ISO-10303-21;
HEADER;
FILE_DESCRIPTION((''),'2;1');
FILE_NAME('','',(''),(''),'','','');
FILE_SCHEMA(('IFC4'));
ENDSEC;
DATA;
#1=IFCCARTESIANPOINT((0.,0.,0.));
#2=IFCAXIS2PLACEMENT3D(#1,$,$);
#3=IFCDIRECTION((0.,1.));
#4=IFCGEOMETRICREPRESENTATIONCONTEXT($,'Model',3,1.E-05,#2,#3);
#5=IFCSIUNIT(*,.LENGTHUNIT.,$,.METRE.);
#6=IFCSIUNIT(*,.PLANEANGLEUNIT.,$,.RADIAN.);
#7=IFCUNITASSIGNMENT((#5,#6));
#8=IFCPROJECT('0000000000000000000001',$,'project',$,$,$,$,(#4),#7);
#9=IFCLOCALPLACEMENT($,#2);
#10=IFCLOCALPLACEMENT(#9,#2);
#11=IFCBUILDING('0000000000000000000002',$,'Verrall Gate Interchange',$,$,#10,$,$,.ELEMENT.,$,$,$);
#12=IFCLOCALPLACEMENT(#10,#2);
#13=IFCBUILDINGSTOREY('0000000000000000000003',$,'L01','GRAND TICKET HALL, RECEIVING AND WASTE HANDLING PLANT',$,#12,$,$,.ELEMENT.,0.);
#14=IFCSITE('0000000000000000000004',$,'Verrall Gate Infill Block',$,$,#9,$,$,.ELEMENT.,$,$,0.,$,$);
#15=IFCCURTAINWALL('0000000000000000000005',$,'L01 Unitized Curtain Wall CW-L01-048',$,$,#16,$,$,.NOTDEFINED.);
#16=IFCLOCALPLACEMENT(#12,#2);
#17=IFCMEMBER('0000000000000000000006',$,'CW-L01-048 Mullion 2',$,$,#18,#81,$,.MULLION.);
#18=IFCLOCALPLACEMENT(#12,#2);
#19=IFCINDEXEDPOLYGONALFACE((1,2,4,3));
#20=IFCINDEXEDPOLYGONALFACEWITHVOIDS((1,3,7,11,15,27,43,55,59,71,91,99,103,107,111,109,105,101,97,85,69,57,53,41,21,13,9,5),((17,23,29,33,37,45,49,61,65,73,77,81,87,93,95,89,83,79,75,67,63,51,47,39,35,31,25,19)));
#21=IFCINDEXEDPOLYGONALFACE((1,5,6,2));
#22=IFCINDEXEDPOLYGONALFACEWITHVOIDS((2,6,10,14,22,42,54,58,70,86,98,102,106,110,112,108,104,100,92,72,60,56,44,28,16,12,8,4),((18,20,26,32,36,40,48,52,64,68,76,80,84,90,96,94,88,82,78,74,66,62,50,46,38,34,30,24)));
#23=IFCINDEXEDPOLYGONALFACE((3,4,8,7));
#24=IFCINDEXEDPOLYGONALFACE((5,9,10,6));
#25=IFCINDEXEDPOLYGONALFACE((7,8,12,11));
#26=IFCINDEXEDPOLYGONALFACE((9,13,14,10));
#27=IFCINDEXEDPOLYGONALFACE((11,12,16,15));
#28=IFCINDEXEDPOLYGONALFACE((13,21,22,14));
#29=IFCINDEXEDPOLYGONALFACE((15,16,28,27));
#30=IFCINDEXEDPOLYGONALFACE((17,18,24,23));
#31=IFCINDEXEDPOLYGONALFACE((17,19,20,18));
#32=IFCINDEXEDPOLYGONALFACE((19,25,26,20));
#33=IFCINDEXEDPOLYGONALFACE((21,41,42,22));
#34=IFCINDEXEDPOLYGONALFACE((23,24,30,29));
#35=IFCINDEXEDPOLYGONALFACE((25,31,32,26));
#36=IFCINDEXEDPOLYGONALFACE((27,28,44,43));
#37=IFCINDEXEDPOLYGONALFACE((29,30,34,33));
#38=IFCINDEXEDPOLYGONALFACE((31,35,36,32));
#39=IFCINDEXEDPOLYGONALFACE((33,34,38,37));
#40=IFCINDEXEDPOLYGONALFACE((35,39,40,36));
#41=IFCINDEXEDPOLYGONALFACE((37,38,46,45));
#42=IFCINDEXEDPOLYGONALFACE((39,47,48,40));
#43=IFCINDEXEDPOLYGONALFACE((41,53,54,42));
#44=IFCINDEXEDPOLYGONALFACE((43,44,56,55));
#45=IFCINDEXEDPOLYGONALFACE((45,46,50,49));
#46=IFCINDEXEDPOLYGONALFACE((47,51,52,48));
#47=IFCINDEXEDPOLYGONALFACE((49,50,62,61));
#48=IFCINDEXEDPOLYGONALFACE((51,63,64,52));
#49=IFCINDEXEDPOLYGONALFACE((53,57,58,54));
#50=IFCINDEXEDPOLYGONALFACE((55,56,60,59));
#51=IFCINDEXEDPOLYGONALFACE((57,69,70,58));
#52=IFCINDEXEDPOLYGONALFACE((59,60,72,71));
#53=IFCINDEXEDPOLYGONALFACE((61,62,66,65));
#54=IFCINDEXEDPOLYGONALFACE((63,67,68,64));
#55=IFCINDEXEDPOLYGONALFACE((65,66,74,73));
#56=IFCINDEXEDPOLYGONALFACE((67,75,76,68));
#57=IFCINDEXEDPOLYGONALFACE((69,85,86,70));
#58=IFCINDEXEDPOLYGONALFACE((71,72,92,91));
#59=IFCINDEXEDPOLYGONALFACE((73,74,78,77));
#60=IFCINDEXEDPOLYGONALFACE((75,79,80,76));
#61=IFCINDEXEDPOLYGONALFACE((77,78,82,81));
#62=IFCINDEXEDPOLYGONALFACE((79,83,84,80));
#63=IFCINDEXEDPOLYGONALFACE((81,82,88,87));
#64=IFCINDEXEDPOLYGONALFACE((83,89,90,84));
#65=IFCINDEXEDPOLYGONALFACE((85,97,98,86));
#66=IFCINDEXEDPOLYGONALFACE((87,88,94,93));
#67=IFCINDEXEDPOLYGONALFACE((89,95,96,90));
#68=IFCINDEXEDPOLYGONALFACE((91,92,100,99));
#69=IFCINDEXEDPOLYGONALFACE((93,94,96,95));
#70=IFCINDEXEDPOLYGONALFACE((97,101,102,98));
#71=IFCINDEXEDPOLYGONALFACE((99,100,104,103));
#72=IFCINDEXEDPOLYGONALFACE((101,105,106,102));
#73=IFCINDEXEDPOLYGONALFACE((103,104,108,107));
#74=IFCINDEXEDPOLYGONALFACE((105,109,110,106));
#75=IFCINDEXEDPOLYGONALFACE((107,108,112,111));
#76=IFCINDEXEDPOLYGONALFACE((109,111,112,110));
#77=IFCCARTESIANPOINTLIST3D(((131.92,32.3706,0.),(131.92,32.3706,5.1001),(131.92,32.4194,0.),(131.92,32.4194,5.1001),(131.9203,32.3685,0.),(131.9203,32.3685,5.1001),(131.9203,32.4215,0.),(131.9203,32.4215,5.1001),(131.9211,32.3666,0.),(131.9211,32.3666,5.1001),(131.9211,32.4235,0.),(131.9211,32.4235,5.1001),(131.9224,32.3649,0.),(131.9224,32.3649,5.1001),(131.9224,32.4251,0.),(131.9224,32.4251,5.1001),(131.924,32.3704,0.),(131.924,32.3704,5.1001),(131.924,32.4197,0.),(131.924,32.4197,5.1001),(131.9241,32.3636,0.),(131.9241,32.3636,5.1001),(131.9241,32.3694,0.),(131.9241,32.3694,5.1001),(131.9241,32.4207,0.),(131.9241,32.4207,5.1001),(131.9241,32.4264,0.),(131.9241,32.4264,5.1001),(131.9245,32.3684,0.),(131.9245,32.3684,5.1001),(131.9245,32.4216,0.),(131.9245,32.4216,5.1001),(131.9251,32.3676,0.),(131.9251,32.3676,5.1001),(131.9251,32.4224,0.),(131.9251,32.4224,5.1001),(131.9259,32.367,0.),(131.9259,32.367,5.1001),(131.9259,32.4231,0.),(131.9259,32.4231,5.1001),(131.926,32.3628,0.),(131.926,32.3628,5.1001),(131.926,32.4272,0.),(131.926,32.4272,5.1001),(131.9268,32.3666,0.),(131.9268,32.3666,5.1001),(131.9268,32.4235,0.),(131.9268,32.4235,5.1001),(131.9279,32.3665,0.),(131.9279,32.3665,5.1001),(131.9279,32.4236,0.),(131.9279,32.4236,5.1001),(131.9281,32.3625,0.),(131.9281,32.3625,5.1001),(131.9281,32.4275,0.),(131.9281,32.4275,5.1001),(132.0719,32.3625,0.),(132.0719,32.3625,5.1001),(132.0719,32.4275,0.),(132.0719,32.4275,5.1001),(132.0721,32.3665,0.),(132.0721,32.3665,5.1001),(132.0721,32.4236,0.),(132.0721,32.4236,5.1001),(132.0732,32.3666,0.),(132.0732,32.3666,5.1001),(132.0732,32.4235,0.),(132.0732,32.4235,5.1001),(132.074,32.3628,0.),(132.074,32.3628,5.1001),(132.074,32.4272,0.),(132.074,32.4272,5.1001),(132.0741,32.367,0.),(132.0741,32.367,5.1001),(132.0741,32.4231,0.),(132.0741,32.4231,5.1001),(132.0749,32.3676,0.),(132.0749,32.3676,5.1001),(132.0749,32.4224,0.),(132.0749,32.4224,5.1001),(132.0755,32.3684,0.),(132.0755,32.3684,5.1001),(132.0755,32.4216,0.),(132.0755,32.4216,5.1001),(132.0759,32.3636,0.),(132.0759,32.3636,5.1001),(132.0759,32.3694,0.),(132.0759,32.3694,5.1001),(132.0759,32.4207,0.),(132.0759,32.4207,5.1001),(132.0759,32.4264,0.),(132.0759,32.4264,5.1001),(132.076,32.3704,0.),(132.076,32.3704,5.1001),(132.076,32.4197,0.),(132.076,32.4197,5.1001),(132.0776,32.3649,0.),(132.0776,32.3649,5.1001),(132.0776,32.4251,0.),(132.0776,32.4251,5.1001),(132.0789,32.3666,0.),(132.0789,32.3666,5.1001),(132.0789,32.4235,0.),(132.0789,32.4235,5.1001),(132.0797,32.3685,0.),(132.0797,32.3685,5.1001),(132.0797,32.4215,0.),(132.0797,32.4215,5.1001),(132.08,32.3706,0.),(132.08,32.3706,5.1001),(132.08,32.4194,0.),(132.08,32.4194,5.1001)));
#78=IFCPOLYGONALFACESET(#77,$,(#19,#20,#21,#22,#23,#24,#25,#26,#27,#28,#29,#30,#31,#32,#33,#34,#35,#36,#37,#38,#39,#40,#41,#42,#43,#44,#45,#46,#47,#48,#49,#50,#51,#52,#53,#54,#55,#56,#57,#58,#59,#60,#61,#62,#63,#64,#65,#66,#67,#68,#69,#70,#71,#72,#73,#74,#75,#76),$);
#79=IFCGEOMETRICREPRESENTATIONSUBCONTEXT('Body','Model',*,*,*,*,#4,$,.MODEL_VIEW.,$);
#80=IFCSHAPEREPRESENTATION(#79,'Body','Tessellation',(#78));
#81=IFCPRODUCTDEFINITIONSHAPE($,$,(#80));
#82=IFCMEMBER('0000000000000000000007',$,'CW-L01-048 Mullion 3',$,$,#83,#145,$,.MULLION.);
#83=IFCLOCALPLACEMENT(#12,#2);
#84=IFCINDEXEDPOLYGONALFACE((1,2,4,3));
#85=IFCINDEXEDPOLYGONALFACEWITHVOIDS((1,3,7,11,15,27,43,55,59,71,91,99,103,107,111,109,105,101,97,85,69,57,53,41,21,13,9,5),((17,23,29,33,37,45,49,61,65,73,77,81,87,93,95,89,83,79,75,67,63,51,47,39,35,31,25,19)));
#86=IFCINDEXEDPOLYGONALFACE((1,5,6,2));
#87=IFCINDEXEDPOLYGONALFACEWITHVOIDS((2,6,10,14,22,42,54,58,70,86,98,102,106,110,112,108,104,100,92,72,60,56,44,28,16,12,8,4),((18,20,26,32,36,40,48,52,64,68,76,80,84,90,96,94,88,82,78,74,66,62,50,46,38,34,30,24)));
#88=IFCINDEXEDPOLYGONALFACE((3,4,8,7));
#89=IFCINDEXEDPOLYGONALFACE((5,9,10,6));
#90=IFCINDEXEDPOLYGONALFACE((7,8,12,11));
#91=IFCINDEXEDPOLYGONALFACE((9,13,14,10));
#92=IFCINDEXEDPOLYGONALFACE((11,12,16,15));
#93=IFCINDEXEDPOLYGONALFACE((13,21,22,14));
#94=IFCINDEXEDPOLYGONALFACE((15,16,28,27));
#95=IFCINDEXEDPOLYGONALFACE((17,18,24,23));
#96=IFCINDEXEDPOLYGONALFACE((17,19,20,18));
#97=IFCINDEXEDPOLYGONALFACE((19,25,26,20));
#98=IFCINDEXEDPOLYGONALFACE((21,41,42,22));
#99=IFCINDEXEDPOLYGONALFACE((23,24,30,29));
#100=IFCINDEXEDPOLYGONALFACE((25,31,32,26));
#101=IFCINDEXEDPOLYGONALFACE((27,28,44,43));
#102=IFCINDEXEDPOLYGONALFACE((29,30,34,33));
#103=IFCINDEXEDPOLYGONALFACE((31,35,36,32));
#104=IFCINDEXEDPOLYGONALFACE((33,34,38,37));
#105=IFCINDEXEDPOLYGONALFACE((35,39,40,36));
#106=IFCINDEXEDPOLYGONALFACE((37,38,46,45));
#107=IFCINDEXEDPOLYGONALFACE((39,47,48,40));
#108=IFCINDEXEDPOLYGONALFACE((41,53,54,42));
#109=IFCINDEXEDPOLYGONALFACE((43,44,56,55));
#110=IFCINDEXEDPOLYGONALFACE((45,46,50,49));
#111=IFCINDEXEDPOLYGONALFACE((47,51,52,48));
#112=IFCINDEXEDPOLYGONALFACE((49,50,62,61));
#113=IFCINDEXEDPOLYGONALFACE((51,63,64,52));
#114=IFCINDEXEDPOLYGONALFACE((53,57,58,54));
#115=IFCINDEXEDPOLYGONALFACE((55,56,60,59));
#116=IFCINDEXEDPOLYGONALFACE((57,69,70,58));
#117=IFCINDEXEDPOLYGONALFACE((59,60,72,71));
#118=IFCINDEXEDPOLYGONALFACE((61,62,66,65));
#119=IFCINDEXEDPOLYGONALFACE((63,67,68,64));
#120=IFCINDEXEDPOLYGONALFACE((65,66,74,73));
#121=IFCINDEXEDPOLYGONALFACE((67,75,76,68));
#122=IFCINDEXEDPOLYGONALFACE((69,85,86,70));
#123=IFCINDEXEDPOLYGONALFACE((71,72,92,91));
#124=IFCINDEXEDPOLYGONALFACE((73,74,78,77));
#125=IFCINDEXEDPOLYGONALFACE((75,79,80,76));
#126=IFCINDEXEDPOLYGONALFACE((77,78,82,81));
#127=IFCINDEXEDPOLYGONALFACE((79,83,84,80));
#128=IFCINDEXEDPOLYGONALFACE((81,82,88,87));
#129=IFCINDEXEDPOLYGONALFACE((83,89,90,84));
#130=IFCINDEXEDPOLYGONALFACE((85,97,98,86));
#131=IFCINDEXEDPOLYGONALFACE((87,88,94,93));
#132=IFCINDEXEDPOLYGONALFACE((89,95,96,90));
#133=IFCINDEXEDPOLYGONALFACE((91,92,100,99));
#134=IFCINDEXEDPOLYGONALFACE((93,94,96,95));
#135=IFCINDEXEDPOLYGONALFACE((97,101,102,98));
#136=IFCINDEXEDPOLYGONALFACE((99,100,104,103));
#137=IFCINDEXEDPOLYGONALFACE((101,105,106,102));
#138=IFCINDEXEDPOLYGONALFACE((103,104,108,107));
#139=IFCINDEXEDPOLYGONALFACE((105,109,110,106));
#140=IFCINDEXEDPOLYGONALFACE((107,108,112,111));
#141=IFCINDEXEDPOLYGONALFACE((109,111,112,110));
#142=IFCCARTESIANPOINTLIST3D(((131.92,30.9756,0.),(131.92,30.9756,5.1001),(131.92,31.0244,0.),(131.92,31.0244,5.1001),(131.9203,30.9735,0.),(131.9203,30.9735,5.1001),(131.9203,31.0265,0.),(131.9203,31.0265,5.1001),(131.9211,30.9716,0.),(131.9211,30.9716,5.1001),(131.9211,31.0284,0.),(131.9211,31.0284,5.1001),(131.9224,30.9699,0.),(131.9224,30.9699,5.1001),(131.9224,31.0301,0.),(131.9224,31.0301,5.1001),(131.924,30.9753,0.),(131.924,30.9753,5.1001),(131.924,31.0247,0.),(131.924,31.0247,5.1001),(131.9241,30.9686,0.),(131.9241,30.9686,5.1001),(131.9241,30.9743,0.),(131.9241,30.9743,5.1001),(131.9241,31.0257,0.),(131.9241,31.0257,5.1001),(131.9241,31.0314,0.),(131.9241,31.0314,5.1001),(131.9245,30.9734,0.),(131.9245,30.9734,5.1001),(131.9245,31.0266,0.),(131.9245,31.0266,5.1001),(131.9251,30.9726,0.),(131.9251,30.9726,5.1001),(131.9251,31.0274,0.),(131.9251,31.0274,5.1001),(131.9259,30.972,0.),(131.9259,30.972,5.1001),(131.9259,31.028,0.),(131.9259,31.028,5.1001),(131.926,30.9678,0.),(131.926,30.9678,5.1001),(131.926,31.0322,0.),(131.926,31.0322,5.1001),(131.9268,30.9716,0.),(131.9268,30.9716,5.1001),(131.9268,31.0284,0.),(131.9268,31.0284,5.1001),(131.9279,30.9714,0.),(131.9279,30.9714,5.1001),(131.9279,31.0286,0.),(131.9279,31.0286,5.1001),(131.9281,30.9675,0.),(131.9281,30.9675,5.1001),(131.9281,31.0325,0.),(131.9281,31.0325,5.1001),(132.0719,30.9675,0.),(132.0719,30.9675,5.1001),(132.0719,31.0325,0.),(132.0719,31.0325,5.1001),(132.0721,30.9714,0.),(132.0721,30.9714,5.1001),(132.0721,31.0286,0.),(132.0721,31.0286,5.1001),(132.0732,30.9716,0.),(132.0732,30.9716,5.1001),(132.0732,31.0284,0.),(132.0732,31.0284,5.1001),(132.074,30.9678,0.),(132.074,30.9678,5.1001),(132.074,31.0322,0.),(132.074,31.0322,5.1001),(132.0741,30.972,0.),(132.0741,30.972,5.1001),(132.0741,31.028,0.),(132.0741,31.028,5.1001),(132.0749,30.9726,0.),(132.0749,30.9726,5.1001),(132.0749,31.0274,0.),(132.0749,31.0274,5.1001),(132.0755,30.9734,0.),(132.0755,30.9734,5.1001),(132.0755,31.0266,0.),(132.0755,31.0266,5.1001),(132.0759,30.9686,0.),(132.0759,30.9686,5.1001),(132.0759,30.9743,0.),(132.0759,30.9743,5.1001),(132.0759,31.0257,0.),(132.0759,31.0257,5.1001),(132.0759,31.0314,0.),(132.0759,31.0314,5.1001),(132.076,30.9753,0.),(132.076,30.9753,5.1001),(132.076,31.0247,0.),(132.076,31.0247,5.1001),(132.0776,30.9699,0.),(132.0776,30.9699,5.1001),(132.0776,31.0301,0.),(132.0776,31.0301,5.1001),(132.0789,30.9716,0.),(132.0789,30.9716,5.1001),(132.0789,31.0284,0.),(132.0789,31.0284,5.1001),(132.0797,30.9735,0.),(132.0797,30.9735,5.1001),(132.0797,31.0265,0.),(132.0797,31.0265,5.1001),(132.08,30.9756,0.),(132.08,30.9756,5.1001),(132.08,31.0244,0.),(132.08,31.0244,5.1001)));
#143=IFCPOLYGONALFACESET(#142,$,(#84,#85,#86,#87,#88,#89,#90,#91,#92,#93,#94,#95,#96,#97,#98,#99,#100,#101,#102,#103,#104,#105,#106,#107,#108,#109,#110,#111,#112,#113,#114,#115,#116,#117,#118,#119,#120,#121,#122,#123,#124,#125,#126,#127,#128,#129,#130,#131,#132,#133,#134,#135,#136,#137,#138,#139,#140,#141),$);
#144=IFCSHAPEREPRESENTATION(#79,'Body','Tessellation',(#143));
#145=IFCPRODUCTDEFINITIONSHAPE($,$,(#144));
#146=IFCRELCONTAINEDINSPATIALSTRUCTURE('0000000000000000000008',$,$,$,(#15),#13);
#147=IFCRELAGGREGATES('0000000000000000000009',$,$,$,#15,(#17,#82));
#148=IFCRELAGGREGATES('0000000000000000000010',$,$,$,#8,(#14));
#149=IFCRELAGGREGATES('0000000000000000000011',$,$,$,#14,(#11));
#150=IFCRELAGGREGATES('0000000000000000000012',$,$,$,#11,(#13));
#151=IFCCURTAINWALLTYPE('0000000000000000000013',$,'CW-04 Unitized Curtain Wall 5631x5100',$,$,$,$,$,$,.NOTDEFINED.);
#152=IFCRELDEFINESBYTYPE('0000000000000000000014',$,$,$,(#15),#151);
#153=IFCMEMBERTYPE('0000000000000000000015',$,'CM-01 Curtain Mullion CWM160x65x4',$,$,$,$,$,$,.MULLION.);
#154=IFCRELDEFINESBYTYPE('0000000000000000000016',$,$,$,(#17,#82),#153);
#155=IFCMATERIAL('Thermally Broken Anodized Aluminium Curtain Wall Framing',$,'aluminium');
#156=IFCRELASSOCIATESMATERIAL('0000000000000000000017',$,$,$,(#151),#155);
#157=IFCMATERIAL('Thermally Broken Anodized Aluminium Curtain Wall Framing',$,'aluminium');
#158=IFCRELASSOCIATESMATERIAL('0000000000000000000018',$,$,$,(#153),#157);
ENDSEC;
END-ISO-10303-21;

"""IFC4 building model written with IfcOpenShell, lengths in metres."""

from ifc_helpers import new_model, si_unit, direction, frame, origin, origin_2d, place, context, subcontext, project, spatial, hollow_rectangle, extrude, material, material_profile, profile_set, type_object, element, aggregate, save


model = new_model("IFC4")

# Units and contexts
model_context = context("Model", 3, precision=1e-05, world=origin(), true_north=direction((0.0, 1.0)))
body_context = subcontext(model_context, "Body", "Model", "MODEL_VIEW")
ifc_project = project(units=[si_unit("LENGTHUNIT", "METRE"), si_unit("PLANEANGLEUNIT", "RADIAN")], contexts=[model_context])

# Site, building, storey
site_placement = place(None, origin())
site = spatial("IfcSite", under=ifc_project, at=site_placement, Name="Verrall Gate Infill Block", CompositionType="ELEMENT", RefElevation=0.0)
building_placement = place(site_placement, origin())
building = spatial("IfcBuilding", under=site, at=building_placement, Name="Verrall Gate Interchange", CompositionType="ELEMENT")
storey_placement = place(building_placement, origin())
storey = spatial("IfcBuildingStorey", under=building, at=storey_placement, Name="L01", Description="GRAND TICKET HALL, RECEIVING AND WASTE HANDLING PLANT", CompositionType="ELEMENT", Elevation=0.0)

# Curtain wall, members
ifc_material_1 = material(Name="Thermally Broken Anodized Aluminium Curtain Wall Framing", Category="aluminium")
curtain_wall_type = type_object("IfcCurtainWallType", Name="CW-04 Unitized Curtain Wall 5631x5100", PredefinedType="NOTDEFINED", material=ifc_material_1)
curtain_wall_placement = place(storey_placement, origin())
curtain_wall = element("IfcCurtainWall", 1, at=curtain_wall_placement, inside=storey, type_object=curtain_wall_type, Name="L01 Unitized Curtain Wall CW-L01-048", PredefinedType="NOTDEFINED")
ifc_material_2 = material(Name="Thermally Broken Anodized Aluminium Curtain Wall Framing", Category="aluminium")
ifc_material_profile_1 = material_profile(ifc_material_2, hollow_rectangle(XDim=0.0649, YDim=0.1599, WallThickness=0.0039, InnerFilletRadius=0.0039, OuterFilletRadius=0.0081, at=origin_2d()), Name="CWM160x65x4")
ifc_profile_set_1 = profile_set([ifc_material_profile_1], Name="Thermally Broken Anodized Aluminium Curtain Wall Framing")
member_type_1 = type_object("IfcMemberType", Name="CM-01 Curtain Mullion CWM160x65x4", PredefinedType="MULLION", material=ifc_profile_set_1)
member_1_placement = place(storey_placement, frame((132.0, 32.395, 0.0), z_axis=(0.0, 0.0, 1.0), x_axis=(0.0, -1.0, 0.0)))
member_1 = element("IfcMember", 2, at=member_1_placement, type_object=member_type_1, Name="CW-L01-048 Mullion 2", PredefinedType="MULLION", context=body_context, shape_type="SweptSolid", body=[
    extrude(hollow_rectangle(XDim=0.0649, YDim=0.1599, WallThickness=0.0039, InnerFilletRadius=0.0039, OuterFilletRadius=0.0081, at=origin_2d()), origin(), (0.0, 0.0, 1.0), 5.1001),
])
member_2_placement = place(storey_placement, frame((132.0, 31.0, 0.0), z_axis=(0.0, 0.0, 1.0), x_axis=(0.0, -1.0, 0.0)))
member_2 = element("IfcMember", 3, at=member_2_placement, type_object=member_type_1, Name="CW-L01-048 Mullion 3", PredefinedType="MULLION", context=body_context, shape_type="SweptSolid", body=[
    extrude(hollow_rectangle(XDim=0.0649, YDim=0.1599, WallThickness=0.0039, InnerFilletRadius=0.0039, OuterFilletRadius=0.0081, at=origin_2d()), origin(), (0.0, 0.0, 1.0), 5.1001),
])
aggregate(curtain_wall, [member_1, member_2])

save(model, "model.ifc")
